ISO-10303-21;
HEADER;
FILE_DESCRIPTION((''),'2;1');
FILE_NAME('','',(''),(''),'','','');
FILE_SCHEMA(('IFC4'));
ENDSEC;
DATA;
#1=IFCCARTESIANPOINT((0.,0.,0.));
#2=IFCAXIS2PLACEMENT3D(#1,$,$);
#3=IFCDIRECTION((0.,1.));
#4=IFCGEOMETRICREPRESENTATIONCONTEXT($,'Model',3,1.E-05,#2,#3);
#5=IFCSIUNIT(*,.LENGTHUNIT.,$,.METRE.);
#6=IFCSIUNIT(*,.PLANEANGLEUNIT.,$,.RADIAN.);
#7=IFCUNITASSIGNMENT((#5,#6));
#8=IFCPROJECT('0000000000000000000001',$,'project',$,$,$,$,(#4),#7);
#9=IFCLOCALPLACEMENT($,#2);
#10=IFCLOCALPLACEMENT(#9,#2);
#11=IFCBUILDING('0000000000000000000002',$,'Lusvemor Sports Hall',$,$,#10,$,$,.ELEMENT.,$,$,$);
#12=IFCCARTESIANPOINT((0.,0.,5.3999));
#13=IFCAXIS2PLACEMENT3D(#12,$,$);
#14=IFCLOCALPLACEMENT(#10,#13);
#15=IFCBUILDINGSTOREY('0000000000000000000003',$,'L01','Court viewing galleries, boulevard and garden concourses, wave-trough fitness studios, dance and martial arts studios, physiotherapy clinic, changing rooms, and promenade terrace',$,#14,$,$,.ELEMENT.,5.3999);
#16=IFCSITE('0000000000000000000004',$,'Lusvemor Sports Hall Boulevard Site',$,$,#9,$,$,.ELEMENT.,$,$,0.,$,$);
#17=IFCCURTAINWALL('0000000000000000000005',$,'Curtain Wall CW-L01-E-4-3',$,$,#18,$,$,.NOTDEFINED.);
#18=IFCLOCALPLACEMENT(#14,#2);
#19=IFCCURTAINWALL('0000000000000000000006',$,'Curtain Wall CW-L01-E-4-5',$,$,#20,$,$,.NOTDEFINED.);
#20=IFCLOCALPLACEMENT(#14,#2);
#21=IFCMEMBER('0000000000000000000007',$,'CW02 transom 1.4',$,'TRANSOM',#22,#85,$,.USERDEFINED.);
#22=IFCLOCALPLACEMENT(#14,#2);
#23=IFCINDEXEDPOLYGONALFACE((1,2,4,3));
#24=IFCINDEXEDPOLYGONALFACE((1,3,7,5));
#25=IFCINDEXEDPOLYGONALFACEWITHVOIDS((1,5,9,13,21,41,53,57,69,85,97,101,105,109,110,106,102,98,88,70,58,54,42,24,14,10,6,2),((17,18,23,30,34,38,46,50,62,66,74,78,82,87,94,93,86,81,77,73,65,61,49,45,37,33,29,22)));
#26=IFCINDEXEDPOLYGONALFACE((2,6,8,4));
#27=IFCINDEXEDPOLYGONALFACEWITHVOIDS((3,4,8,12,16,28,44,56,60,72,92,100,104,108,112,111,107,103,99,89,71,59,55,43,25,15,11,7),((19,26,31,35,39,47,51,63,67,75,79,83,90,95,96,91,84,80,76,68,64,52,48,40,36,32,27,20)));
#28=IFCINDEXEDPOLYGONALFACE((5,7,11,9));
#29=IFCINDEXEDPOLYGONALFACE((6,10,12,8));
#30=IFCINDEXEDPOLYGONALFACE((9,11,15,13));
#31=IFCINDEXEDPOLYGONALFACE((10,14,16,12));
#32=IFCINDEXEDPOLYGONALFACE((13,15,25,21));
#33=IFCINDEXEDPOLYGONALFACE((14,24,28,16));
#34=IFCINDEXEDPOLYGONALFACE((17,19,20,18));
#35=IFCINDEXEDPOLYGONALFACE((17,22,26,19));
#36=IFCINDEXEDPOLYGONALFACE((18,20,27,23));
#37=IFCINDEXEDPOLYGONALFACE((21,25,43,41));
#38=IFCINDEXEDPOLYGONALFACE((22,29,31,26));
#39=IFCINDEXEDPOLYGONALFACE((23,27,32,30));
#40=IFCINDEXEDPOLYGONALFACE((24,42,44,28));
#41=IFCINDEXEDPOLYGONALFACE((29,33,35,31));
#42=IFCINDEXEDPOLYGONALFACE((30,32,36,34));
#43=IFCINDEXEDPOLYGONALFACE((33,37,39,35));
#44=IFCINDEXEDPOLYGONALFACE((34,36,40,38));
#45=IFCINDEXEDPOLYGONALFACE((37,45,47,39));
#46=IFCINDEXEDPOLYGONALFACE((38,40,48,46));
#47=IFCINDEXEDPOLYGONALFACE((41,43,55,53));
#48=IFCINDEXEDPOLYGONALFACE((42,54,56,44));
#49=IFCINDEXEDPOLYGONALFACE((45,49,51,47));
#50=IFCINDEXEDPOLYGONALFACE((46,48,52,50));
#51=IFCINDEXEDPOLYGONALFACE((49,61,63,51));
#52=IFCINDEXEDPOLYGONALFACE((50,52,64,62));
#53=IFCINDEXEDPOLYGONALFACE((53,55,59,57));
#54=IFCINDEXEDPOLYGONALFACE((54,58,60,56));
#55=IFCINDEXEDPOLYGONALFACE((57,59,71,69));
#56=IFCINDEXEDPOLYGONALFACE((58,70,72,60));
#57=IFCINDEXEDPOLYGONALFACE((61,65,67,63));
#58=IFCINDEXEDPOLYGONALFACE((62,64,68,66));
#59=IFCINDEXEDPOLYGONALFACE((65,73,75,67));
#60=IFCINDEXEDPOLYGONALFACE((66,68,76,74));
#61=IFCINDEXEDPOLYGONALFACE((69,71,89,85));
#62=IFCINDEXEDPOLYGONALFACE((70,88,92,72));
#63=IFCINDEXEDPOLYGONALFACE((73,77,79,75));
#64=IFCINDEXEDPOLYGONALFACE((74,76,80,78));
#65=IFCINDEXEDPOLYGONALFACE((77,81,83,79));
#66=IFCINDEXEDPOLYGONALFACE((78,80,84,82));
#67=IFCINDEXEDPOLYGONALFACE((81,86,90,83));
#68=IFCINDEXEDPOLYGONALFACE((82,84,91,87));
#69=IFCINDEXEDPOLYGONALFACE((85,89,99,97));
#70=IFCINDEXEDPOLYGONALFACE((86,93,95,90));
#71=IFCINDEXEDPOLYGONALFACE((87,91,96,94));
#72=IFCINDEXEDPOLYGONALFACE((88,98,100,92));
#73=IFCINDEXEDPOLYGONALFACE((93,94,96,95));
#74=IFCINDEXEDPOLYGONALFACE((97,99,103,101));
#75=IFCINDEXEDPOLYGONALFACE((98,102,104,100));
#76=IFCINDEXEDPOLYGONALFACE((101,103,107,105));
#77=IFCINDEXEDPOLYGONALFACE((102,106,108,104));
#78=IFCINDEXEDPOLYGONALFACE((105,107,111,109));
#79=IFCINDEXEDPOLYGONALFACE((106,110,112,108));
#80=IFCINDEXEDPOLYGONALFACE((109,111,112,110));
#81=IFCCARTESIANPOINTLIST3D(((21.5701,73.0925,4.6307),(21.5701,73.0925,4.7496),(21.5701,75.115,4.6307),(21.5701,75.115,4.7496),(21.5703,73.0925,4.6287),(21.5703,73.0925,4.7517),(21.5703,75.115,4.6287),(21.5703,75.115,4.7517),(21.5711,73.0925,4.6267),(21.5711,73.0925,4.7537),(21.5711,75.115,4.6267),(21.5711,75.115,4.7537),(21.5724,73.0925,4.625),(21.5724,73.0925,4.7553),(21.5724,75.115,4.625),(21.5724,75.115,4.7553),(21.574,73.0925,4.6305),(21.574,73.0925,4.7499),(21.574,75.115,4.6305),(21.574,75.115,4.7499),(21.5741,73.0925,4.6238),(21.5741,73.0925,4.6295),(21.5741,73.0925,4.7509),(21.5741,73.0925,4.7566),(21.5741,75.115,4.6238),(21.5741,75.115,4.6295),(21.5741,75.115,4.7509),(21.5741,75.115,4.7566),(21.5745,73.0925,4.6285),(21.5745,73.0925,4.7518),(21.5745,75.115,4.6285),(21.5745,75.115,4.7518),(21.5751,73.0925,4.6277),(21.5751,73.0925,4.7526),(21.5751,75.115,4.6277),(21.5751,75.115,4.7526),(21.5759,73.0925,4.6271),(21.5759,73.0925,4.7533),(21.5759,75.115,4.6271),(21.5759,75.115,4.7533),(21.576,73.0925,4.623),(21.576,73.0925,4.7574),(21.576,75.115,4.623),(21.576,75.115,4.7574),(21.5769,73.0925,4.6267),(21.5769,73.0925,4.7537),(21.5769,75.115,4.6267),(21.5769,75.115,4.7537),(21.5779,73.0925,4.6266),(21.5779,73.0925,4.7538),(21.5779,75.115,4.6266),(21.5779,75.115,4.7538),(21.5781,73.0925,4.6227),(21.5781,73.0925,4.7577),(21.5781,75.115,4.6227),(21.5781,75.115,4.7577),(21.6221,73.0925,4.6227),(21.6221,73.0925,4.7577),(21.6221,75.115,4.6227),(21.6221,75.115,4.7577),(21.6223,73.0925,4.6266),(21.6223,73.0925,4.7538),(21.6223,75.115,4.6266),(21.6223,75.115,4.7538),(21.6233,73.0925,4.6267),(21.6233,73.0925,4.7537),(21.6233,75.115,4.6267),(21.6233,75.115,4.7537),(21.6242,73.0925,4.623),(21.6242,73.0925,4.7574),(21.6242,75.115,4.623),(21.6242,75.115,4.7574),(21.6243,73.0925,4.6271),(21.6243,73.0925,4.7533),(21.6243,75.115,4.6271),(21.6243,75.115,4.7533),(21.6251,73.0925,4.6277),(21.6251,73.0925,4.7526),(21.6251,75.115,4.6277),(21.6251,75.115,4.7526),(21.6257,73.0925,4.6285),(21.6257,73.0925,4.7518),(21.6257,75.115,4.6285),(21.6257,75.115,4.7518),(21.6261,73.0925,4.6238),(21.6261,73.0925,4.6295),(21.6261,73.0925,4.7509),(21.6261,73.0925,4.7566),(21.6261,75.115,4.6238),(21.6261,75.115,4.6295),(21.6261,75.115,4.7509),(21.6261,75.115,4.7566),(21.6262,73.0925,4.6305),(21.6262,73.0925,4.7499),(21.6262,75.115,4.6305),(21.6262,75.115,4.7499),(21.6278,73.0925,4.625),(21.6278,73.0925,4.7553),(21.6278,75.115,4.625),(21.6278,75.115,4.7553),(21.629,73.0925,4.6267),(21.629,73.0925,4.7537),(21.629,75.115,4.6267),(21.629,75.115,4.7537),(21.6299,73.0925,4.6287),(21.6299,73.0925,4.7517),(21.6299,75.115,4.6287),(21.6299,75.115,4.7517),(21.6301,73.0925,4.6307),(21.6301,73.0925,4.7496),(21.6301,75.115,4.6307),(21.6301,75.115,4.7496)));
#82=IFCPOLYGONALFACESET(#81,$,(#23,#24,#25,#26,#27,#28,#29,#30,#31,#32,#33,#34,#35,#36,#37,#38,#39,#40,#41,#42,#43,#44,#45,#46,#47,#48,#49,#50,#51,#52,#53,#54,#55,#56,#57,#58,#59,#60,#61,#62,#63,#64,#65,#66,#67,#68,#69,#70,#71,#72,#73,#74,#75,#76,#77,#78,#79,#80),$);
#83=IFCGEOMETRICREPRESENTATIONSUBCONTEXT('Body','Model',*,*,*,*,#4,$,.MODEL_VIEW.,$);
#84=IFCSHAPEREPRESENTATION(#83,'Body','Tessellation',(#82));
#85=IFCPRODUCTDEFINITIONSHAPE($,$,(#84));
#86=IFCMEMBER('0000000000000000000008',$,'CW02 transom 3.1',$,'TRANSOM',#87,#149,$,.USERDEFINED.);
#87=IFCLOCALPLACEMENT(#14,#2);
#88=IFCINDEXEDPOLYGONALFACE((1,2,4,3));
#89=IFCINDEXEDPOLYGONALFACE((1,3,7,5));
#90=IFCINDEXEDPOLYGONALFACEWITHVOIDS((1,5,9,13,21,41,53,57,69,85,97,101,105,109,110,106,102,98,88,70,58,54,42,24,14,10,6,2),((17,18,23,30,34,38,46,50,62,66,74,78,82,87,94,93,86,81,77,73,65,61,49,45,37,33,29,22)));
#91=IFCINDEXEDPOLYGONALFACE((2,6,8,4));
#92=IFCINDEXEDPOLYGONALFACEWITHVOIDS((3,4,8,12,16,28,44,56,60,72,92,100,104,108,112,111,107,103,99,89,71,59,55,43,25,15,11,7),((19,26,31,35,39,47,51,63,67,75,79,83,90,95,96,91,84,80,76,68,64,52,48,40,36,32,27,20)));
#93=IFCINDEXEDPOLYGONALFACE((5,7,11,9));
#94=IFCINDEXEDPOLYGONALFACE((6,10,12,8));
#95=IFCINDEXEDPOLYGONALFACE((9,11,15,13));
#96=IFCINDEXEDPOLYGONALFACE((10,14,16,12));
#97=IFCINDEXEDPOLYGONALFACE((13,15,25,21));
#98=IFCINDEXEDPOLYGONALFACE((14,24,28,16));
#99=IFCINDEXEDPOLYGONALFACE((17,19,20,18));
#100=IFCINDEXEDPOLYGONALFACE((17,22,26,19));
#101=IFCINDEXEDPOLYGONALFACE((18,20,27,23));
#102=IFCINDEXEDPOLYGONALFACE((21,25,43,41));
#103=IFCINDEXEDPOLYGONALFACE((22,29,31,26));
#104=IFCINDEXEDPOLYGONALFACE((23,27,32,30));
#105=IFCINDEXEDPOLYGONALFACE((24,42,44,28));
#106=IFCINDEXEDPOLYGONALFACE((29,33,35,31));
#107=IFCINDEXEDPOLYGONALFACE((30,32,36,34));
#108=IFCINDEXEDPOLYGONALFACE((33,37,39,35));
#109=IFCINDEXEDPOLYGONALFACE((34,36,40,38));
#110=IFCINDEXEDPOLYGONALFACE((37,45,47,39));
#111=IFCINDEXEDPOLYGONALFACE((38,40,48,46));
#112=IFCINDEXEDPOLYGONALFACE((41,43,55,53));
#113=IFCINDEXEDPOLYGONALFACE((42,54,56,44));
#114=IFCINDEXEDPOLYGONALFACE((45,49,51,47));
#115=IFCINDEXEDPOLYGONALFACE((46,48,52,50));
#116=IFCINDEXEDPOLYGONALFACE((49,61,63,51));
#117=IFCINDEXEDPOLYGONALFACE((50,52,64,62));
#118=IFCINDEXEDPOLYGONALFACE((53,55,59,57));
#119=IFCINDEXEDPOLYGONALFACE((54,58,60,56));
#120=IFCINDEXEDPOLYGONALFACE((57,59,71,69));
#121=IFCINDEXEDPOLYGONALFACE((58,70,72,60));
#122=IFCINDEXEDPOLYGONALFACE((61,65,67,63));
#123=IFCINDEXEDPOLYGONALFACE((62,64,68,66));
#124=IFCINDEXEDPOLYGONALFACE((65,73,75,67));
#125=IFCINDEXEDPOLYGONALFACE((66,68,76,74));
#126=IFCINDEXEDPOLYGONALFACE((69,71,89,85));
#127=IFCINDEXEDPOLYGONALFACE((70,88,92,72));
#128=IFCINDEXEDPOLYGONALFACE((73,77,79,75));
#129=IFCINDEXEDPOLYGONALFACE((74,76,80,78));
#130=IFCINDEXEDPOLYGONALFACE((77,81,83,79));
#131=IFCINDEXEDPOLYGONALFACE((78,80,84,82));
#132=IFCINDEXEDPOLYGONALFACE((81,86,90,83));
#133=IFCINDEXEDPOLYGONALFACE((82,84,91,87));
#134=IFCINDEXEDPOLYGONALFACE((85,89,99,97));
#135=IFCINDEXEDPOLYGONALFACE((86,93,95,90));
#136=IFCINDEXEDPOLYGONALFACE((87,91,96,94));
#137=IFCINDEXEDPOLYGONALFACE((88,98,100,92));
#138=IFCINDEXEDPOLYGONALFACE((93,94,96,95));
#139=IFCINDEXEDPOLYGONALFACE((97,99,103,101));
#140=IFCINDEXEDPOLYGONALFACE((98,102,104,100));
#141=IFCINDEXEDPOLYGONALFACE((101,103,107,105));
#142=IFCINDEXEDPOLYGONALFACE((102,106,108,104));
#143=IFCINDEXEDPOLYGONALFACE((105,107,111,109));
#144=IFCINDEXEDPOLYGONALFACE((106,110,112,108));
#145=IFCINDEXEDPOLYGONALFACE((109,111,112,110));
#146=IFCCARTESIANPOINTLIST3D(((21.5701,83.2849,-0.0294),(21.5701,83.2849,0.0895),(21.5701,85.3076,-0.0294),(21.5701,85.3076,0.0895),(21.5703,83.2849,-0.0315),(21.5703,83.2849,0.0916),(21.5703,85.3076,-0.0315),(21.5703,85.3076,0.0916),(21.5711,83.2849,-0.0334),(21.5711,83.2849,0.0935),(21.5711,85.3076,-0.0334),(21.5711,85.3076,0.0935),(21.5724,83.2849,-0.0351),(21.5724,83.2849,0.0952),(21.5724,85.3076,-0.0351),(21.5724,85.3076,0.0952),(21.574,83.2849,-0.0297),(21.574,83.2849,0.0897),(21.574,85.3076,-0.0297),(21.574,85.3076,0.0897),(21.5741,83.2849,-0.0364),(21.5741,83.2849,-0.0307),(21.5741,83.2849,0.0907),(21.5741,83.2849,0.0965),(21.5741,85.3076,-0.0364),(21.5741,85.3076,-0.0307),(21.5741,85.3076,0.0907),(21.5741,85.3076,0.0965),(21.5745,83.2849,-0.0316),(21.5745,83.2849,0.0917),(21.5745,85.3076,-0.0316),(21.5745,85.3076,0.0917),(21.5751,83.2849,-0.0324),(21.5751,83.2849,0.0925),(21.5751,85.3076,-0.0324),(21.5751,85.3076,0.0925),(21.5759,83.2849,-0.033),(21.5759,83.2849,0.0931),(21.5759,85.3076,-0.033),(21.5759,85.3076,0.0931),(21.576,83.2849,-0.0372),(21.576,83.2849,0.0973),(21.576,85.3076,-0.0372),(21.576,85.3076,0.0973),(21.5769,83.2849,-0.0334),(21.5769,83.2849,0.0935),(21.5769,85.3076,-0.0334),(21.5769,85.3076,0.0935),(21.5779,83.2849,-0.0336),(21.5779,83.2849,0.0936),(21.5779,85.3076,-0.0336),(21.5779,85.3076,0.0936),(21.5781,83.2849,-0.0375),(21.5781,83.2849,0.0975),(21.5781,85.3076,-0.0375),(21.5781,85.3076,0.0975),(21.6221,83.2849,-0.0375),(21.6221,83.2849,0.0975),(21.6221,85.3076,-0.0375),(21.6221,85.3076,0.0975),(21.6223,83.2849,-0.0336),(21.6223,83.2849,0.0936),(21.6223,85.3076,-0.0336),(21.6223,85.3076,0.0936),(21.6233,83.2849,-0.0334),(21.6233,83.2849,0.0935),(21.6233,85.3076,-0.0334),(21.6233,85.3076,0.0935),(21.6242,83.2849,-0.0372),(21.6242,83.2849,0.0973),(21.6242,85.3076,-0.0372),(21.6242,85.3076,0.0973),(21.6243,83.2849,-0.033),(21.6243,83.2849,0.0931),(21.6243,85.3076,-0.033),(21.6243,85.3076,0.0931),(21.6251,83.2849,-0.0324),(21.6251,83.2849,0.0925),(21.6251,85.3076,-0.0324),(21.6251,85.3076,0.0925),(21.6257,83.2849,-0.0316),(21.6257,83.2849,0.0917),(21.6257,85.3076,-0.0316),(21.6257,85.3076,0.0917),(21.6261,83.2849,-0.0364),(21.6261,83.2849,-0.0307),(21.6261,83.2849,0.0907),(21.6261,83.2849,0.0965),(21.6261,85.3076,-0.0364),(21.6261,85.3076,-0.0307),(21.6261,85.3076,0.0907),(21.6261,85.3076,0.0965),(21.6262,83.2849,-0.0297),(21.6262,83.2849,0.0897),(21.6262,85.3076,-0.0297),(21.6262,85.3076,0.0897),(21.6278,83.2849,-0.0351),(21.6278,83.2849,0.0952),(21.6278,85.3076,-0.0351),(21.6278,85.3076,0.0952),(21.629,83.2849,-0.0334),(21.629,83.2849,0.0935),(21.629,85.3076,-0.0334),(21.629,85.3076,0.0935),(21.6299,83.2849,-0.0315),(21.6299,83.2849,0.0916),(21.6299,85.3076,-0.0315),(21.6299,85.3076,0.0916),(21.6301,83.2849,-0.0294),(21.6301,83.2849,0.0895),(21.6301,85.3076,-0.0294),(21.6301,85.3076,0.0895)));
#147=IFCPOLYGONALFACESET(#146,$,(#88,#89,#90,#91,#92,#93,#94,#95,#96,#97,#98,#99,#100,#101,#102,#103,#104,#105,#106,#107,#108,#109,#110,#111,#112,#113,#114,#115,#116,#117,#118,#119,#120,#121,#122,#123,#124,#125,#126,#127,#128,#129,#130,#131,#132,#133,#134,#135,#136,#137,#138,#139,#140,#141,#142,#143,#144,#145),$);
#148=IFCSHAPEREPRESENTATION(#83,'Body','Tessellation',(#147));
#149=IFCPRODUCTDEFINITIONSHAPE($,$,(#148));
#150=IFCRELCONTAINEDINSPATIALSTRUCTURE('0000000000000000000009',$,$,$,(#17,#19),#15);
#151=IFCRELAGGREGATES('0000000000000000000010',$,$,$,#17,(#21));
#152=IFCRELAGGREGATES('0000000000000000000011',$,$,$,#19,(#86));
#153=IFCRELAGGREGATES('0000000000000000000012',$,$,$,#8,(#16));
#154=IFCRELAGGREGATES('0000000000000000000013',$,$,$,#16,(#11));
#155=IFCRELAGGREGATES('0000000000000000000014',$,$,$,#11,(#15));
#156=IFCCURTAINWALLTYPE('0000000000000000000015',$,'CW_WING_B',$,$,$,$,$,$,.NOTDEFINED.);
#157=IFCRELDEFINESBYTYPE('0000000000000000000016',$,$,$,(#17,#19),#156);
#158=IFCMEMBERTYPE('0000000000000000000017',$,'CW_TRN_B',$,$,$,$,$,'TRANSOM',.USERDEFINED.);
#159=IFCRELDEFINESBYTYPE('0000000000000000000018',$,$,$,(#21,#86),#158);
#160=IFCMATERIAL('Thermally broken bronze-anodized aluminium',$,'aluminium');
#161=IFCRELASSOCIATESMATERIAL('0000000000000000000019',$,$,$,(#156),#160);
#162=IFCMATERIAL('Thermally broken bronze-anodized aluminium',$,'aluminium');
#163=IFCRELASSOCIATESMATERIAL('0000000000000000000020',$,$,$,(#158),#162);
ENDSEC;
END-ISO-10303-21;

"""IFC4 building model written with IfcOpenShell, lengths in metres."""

from ifc_helpers import new_model, si_unit, direction, frame, origin, origin_2d, place, context, subcontext, project, spatial, hollow_rectangle, extrude, material, material_profile, profile_set, type_object, element, aggregate, save


model = new_model("IFC4")

# Units and contexts
model_context = context("Model", 3, precision=1e-05, world=origin(), true_north=direction((0.0, 1.0)))
body_context = subcontext(model_context, "Body", "Model", "MODEL_VIEW")
ifc_project = project(units=[si_unit("LENGTHUNIT", "METRE"), si_unit("PLANEANGLEUNIT", "RADIAN")], contexts=[model_context])

# Site, building, storey
site_placement = place(None, origin())
site = spatial("IfcSite", under=ifc_project, at=site_placement, Name="Lusvemor Sports Hall Boulevard Site", CompositionType="ELEMENT", RefElevation=0.0)
building_placement = place(site_placement, origin())
building = spatial("IfcBuilding", under=site, at=building_placement, Name="Lusvemor Sports Hall", CompositionType="ELEMENT")
storey_placement = place(building_placement, frame((0.0, 0.0, 5.3999)))
storey = spatial("IfcBuildingStorey", under=building, at=storey_placement, Name="L01", Description="Court viewing galleries, boulevard and garden concourses, wave-trough fitness studios, dance and martial arts studios, physiotherapy clinic, changing rooms, and promenade terrace", CompositionType="ELEMENT", Elevation=5.3999)

# Curtain walls
ifc_material_1 = material(Name="Thermally broken bronze-anodized aluminium", Category="aluminium")
curtain_wall_type = type_object("IfcCurtainWallType", Name="CW_WING_B", PredefinedType="NOTDEFINED", material=ifc_material_1)
curtain_wall_1_placement = place(storey_placement, origin())
curtain_wall_1 = element("IfcCurtainWall", 1, at=curtain_wall_1_placement, inside=storey, type_object=curtain_wall_type, Name="Curtain Wall CW-L01-E-4-3", PredefinedType="NOTDEFINED")
curtain_wall_2_placement = place(storey_placement, origin())
curtain_wall_2 = element("IfcCurtainWall", 2, at=curtain_wall_2_placement, inside=storey, type_object=curtain_wall_type, Name="Curtain Wall CW-L01-E-4-5", PredefinedType="NOTDEFINED")

# Members
ifc_material_2 = material(Name="Thermally broken bronze-anodized aluminium", Category="aluminium")
ifc_material_profile_1 = material_profile(ifc_material_2, hollow_rectangle(XDim=0.0601, YDim=0.135, WallThickness=0.0039, InnerFilletRadius=0.0039, OuterFilletRadius=0.0081, at=origin_2d()), Name="CWTRN135x60x4")
ifc_profile_set_1 = profile_set([ifc_material_profile_1], Name="Thermally broken bronze-anodized aluminium")
member_type_1 = type_object("IfcMemberType", Name="CW_TRN_B", ElementType="TRANSOM", PredefinedType="USERDEFINED", material=ifc_profile_set_1)
member_1_placement = place(storey_placement, frame((21.6001, 75.115, 4.6902), z_axis=(0.0, -1.0, 0.0), x_axis=(1.0, 0.0, 0.0)))
member_1 = element("IfcMember", 3, at=member_1_placement, type_object=member_type_1, Name="CW02 transom 1.4", ObjectType="TRANSOM", PredefinedType="USERDEFINED", context=body_context, shape_type="SweptSolid", body=[
    extrude(hollow_rectangle(XDim=0.0601, YDim=0.135, WallThickness=0.0039, InnerFilletRadius=0.0039, OuterFilletRadius=0.0081, at=origin_2d()), origin(), (0.0, 0.0, 1.0), 2.0225),
])
aggregate(curtain_wall_1, [member_1])
member_2_placement = place(storey_placement, frame((21.6001, 85.3076, 0.03), z_axis=(0.0, -1.0, 0.0), x_axis=(1.0, 0.0, 0.0)))
member_2 = element("IfcMember", 4, at=member_2_placement, type_object=member_type_1, Name="CW02 transom 3.1", ObjectType="TRANSOM", PredefinedType="USERDEFINED", context=body_context, shape_type="SweptSolid", body=[
    extrude(hollow_rectangle(XDim=0.0601, YDim=0.135, WallThickness=0.0039, InnerFilletRadius=0.0039, OuterFilletRadius=0.0081, at=origin_2d()), origin(), (0.0, 0.0, 1.0), 2.0227),
])

aggregate(curtain_wall_2, [member_2])

save(model, "model.ifc")
